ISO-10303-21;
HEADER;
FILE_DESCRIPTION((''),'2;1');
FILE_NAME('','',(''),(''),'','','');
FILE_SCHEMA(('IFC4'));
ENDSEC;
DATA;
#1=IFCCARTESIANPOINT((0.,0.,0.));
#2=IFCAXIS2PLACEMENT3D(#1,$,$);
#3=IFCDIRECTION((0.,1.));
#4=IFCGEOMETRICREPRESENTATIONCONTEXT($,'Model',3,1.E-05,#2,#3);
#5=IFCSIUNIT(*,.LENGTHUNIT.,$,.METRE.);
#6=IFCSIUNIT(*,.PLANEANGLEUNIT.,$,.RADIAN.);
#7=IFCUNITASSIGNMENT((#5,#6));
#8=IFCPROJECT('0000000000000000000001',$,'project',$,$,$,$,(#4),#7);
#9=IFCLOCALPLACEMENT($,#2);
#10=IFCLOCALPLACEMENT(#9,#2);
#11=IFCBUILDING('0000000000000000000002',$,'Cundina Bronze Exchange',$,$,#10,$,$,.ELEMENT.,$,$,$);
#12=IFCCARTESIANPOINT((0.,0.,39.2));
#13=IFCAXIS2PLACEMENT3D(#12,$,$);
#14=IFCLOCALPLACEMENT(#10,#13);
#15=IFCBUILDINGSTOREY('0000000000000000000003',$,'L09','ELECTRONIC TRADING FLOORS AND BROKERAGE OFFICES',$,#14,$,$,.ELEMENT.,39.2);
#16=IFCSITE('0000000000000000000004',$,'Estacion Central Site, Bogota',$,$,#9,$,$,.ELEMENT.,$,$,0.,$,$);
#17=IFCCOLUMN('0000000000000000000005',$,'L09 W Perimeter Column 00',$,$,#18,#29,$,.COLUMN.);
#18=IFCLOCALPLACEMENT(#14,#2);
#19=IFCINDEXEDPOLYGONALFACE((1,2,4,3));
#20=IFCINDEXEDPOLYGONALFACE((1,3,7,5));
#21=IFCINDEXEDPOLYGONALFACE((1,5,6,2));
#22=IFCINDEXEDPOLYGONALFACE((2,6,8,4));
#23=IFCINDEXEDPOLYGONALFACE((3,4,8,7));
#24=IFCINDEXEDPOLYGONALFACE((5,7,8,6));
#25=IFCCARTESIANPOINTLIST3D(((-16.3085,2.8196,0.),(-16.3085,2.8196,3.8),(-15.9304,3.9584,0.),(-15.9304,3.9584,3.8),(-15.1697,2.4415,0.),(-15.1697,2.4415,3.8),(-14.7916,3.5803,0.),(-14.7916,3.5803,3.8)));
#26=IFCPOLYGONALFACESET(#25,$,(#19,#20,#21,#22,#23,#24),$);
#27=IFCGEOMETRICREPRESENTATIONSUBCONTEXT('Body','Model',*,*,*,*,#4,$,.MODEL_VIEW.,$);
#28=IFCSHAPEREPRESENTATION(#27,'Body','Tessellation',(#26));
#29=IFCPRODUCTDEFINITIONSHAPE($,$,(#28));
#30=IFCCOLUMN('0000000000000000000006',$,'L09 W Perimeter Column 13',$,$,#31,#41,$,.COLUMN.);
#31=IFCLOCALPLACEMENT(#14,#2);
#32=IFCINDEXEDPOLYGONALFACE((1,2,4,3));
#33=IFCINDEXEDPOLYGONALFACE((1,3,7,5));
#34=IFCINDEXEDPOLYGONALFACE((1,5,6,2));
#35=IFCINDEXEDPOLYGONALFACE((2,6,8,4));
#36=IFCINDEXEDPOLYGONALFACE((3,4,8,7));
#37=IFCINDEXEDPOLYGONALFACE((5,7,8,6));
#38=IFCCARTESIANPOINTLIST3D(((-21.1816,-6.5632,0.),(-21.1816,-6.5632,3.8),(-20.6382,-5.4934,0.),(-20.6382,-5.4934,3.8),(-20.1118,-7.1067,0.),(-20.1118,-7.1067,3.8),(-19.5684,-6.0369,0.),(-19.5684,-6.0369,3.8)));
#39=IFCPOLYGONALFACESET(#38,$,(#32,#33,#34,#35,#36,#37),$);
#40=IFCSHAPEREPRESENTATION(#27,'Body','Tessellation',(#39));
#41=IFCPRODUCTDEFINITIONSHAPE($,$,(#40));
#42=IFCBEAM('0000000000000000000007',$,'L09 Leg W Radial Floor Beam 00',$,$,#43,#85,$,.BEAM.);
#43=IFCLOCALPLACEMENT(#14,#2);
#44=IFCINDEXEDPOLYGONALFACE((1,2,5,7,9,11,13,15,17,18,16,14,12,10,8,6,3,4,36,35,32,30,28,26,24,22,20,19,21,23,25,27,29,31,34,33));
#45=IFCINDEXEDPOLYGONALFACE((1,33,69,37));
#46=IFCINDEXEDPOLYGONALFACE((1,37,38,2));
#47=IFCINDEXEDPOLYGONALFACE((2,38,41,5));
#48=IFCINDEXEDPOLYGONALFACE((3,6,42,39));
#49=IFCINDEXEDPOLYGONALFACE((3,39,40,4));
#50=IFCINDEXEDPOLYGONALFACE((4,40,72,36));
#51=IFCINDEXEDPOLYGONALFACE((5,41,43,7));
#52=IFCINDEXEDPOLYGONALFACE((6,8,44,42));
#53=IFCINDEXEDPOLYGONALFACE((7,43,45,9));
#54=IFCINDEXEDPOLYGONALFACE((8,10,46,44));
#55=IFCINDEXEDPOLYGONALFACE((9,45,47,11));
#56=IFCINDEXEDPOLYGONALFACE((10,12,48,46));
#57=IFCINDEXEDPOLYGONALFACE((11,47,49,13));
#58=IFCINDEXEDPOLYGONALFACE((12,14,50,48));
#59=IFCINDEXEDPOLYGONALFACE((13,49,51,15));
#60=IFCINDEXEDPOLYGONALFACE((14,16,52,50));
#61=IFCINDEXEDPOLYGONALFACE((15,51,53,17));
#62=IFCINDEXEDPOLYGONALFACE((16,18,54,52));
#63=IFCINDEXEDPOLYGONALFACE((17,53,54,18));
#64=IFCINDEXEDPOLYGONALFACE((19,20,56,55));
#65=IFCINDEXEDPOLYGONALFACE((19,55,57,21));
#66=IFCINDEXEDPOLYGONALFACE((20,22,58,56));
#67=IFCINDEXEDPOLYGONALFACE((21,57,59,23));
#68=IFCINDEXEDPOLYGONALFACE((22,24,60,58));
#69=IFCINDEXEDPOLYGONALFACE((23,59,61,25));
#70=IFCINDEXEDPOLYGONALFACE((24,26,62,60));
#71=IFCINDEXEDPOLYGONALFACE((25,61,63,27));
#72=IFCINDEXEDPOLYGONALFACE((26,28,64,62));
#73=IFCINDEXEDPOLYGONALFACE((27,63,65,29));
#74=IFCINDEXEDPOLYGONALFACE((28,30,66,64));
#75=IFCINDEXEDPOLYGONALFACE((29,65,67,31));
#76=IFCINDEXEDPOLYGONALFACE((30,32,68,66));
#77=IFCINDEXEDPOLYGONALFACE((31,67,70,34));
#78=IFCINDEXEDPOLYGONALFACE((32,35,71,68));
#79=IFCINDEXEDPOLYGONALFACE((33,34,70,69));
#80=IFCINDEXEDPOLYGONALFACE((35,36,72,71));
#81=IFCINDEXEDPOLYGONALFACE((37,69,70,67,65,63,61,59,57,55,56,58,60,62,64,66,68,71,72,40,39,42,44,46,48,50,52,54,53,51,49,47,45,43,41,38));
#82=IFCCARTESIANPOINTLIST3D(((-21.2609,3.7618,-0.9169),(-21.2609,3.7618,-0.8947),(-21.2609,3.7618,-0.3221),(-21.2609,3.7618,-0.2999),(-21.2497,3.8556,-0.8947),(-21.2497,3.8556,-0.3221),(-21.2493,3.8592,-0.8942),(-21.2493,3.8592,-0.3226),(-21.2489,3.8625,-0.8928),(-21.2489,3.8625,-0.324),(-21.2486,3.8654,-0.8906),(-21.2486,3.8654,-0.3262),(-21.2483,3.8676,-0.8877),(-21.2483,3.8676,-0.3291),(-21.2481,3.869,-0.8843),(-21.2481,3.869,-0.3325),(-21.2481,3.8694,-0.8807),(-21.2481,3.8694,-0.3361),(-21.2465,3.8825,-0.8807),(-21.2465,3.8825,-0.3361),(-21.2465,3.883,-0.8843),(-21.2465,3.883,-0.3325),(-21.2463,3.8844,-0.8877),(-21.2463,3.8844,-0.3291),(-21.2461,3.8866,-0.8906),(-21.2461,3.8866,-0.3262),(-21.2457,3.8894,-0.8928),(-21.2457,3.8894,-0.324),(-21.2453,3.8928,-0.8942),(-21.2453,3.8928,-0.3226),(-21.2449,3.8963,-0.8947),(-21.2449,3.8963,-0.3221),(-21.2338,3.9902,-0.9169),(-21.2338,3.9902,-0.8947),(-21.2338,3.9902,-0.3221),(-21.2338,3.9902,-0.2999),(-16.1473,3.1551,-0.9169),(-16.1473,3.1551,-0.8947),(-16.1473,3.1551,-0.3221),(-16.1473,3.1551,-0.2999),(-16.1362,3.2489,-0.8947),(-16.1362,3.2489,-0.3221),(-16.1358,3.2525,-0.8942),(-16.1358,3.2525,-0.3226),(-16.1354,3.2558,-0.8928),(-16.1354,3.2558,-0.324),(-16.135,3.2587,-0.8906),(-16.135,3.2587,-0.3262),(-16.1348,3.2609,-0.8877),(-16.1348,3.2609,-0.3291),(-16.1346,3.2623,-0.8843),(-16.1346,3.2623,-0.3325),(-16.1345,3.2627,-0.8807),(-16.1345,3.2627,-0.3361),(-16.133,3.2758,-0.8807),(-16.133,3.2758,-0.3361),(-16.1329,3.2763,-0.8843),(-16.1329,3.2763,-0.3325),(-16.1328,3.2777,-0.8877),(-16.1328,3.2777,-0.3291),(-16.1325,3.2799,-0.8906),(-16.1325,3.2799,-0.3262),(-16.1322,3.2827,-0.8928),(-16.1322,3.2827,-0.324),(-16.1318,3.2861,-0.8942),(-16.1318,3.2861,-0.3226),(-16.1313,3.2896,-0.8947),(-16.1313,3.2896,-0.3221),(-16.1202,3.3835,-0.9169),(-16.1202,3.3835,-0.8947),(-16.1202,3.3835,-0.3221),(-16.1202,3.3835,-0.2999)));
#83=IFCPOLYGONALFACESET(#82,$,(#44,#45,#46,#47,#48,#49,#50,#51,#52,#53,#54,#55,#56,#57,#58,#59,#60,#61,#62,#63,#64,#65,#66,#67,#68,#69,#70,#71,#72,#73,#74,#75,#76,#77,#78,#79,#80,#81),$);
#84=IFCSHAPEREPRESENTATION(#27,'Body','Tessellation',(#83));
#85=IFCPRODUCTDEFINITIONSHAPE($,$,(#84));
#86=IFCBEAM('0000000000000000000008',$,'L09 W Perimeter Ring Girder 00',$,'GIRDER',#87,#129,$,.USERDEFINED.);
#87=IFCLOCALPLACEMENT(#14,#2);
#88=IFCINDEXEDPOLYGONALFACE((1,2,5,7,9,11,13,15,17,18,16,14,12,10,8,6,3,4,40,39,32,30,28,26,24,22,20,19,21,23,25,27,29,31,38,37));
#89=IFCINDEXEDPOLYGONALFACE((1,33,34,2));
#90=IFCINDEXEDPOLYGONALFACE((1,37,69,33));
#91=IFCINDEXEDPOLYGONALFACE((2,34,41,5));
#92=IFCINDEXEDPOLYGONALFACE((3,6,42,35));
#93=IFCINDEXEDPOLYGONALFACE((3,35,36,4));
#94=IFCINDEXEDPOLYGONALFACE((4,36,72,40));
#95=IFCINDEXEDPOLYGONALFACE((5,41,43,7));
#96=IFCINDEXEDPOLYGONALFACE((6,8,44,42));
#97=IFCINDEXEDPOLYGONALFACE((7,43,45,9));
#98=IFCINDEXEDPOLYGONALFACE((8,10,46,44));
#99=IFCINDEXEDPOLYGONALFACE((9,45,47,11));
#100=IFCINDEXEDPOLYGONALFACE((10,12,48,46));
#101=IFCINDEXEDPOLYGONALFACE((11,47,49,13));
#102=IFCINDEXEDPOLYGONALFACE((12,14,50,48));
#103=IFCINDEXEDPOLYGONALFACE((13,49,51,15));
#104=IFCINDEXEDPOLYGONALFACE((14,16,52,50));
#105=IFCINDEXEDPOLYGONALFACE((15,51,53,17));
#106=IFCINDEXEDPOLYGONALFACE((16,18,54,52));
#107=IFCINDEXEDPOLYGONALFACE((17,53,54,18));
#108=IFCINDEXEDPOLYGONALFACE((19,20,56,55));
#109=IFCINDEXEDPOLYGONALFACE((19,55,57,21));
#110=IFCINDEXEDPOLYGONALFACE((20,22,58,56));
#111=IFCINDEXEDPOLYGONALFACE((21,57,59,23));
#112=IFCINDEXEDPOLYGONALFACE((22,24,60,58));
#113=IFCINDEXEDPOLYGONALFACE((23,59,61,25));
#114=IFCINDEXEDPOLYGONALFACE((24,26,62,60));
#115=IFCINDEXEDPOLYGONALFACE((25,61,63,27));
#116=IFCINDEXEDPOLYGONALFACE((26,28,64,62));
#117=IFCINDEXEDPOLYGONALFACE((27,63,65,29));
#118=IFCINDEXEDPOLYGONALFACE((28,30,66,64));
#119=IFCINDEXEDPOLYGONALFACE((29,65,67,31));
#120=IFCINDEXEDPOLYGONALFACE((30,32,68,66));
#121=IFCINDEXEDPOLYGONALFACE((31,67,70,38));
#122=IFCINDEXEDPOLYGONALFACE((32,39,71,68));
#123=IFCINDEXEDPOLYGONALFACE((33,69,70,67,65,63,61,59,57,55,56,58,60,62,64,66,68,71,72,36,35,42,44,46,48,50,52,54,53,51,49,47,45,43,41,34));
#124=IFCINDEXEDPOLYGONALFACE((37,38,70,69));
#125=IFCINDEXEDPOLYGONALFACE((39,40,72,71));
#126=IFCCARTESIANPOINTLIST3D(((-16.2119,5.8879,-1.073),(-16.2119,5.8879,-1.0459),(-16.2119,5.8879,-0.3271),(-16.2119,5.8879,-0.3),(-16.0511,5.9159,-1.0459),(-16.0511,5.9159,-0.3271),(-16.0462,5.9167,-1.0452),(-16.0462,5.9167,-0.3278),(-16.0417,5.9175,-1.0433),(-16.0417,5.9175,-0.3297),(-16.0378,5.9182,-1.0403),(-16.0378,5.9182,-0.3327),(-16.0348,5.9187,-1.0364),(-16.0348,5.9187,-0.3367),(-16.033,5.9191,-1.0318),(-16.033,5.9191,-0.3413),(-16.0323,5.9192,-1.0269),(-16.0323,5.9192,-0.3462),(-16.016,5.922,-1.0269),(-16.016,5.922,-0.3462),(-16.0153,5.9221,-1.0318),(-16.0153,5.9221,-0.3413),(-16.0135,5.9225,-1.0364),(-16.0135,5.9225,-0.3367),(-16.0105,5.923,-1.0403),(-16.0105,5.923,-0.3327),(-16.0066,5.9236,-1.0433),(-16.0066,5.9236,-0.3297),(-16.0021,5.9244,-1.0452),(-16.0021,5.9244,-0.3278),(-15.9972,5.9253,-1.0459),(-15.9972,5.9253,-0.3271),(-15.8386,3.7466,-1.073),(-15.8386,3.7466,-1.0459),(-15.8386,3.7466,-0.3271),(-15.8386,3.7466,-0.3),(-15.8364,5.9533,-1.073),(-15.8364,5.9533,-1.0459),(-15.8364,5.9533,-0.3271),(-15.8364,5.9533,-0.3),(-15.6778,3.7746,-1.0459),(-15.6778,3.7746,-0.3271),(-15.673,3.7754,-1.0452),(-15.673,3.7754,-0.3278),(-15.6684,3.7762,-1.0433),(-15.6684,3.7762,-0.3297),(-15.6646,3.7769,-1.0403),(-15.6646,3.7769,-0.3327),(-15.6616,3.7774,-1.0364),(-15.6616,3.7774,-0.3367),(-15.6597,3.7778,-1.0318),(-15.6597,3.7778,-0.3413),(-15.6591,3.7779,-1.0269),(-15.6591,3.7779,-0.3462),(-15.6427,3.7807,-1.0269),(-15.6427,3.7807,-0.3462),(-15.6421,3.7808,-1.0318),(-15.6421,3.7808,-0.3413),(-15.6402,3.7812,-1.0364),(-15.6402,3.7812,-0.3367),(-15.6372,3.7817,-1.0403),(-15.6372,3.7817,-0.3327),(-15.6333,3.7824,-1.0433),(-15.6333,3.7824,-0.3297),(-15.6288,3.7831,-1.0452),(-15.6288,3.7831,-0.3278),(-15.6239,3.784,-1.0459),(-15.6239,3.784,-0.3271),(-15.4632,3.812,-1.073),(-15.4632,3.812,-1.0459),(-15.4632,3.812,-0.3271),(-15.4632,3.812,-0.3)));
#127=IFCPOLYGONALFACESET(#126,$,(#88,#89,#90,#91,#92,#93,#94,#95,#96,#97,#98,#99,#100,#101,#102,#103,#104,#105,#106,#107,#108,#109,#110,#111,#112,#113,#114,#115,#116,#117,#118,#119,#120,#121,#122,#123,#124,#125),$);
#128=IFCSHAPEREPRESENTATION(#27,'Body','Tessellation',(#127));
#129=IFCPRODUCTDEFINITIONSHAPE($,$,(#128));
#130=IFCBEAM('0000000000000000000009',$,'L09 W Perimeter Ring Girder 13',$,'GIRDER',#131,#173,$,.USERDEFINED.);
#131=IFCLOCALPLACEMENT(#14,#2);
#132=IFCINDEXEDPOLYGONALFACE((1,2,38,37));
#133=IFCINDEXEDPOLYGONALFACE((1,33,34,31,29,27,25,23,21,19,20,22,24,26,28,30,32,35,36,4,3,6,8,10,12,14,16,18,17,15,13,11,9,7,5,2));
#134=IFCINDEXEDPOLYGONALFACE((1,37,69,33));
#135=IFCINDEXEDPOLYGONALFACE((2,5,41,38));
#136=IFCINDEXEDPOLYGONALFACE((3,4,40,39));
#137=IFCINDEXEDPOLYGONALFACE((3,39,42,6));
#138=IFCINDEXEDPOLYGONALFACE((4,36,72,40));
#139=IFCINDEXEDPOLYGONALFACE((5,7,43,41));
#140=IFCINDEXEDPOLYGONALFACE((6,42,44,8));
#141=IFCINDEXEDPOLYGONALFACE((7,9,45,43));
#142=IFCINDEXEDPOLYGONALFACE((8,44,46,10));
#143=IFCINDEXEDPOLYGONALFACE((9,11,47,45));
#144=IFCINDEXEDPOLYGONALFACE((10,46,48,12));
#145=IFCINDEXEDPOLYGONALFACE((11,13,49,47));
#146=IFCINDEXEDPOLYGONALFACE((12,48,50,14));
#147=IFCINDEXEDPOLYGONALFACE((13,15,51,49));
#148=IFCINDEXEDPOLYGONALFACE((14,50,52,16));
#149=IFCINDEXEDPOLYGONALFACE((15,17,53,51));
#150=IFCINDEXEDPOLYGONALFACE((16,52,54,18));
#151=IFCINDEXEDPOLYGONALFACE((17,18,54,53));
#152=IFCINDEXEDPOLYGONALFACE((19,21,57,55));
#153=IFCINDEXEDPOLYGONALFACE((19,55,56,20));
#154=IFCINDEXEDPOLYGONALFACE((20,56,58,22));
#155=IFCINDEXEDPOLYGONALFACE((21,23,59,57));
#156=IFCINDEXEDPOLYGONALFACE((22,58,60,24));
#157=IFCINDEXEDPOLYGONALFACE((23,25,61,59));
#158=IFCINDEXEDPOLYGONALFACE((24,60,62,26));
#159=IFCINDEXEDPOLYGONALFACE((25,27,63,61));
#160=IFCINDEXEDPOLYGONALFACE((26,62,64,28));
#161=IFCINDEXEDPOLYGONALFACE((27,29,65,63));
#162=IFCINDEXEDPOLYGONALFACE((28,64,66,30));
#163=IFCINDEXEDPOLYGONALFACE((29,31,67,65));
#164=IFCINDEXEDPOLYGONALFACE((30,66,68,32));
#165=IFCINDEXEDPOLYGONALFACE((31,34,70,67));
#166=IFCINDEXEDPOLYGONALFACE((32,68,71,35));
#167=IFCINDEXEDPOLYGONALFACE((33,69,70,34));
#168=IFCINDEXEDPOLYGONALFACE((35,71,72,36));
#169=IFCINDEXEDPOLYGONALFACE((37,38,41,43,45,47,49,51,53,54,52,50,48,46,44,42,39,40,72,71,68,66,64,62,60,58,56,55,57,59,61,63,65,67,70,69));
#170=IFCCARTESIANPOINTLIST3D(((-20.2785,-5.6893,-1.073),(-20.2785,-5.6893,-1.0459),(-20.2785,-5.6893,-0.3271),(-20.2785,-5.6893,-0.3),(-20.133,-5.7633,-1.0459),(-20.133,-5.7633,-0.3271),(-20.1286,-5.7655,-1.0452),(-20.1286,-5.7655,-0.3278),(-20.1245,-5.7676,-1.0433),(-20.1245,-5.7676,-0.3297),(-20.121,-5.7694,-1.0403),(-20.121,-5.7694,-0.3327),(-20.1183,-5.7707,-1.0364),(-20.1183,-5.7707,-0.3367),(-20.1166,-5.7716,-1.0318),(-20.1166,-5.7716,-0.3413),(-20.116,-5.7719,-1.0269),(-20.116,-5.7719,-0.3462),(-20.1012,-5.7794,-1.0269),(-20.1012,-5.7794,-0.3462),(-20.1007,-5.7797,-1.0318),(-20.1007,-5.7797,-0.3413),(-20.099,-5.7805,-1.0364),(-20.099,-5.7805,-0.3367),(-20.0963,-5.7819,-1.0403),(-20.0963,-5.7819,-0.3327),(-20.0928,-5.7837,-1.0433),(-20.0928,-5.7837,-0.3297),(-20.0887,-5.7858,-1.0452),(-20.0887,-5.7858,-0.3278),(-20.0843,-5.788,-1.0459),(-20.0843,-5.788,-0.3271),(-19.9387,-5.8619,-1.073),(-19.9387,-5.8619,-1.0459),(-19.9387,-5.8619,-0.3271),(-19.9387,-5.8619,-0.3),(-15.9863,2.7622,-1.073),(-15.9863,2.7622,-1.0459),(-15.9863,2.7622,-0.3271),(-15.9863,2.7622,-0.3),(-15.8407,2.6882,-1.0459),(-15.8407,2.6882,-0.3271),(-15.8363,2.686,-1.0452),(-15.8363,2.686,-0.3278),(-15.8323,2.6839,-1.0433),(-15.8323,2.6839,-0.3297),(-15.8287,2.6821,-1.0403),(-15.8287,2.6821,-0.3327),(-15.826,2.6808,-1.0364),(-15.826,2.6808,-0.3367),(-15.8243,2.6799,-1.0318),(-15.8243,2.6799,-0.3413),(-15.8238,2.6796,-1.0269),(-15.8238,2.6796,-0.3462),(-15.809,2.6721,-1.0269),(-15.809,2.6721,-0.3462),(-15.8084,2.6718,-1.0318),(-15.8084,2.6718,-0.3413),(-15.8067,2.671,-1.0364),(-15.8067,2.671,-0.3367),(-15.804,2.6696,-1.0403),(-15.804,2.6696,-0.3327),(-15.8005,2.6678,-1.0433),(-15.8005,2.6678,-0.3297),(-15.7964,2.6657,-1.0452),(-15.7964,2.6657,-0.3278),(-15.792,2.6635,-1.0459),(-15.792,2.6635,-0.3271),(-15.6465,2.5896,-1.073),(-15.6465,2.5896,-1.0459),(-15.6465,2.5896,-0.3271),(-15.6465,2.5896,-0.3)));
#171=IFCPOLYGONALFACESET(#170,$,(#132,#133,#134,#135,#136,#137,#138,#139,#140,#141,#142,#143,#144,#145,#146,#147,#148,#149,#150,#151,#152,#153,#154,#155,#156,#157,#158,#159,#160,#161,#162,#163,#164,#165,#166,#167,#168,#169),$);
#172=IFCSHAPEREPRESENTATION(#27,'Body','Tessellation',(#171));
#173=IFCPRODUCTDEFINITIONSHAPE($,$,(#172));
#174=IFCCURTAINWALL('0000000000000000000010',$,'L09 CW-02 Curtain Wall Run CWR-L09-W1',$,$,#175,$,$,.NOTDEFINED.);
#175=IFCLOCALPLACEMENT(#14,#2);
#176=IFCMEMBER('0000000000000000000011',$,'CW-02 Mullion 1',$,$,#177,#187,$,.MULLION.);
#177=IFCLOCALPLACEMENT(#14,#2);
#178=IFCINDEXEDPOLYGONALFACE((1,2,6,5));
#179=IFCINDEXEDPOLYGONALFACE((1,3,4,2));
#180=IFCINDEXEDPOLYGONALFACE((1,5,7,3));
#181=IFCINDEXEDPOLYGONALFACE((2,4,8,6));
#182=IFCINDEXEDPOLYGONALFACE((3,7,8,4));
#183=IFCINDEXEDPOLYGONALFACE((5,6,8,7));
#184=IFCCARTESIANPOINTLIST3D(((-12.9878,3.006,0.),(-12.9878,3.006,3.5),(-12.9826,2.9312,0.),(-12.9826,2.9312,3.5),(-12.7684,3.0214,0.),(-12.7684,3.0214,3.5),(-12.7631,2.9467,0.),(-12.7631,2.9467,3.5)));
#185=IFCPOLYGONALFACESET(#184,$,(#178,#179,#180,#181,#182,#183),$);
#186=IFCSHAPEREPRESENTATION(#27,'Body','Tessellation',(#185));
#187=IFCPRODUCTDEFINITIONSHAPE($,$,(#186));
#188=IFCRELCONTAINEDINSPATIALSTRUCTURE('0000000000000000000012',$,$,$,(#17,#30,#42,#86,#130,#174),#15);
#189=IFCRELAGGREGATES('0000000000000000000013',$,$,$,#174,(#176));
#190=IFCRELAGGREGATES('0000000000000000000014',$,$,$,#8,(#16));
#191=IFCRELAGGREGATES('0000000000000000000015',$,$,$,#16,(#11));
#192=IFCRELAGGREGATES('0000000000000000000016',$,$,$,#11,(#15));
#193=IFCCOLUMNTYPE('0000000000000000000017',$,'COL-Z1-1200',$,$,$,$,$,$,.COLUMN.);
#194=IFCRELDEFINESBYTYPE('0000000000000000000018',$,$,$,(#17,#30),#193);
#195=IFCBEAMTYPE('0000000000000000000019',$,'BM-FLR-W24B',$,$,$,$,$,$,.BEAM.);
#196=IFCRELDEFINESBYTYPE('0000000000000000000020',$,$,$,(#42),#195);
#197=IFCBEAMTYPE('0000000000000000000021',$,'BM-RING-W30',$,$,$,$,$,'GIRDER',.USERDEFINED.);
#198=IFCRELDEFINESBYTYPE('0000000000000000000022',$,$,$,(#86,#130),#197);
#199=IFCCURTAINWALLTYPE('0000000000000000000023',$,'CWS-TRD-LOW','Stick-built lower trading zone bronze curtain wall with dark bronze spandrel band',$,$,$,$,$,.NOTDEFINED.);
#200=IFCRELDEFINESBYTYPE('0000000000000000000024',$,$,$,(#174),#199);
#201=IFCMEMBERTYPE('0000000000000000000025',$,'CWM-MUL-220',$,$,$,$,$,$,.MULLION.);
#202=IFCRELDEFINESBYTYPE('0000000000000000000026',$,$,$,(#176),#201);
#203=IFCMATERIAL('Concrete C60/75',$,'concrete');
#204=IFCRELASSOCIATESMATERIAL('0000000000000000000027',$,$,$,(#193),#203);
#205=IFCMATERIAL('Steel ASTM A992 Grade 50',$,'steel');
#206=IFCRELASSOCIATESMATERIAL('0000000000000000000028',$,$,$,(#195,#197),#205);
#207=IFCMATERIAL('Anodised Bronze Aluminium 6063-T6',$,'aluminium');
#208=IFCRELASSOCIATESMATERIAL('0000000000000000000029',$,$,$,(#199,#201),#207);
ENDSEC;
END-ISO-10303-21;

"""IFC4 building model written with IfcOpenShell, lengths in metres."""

from ifc_helpers import new_model, si_unit, direction, frame, origin, origin_2d, place, context, subcontext, project, spatial, rectangle, i_section, extrude, material, material_profile, profile_set, type_object, element, aggregate, save


model = new_model("IFC4")

# Units and contexts
model_context = context("Model", 3, precision=1e-05, world=origin(), true_north=direction((0.0, 1.0)))
body_context = subcontext(model_context, "Body", "Model", "MODEL_VIEW")
ifc_project = project(units=[si_unit("LENGTHUNIT", "METRE"), si_unit("PLANEANGLEUNIT", "RADIAN")], contexts=[model_context])

# Site, building, storey
site_placement = place(None, origin())
site = spatial("IfcSite", under=ifc_project, at=site_placement, Name="Estacion Central Site, Bogota", CompositionType="ELEMENT", RefElevation=0.0)
building_placement = place(site_placement, origin())
building = spatial("IfcBuilding", under=site, at=building_placement, Name="Cundina Bronze Exchange", CompositionType="ELEMENT")
storey_placement = place(building_placement, frame((0.0, 0.0, 39.2)))
storey = spatial("IfcBuildingStorey", under=building, at=storey_placement, Name="L09", Description="ELECTRONIC TRADING FLOORS AND BROKERAGE OFFICES", CompositionType="ELEMENT", Elevation=39.2)

# Columns
ifc_material_1 = material(Name="Concrete C60/75", Category="concrete")
ifc_material_profile_1 = material_profile(ifc_material_1, rectangle(XDim=1.2, YDim=1.2, at=origin_2d()), Name="RC1200X1200", Category="concrete")
ifc_profile_set_1 = profile_set([ifc_material_profile_1], Name="Concrete C60/75")
column_type = type_object("IfcColumnType", Name="COL-Z1-1200", PredefinedType="COLUMN", material=ifc_profile_set_1)
for number, where, z_axis, x_axis, name in (
    (1, (-15.55, 3.2, 0.0), (0.0, 0.0, 1.0), (0.315152, 0.949041, 0.0), "L09 W Perimeter Column 00"),
    (2, (-20.375, -6.3, 0.0), (0.0, 0.0, 1.0), (0.452902, 0.891561, 0.0), "L09 W Perimeter Column 13"),
):
    element("IfcColumn", number, at=place(storey_placement, frame(where, z_axis=z_axis, x_axis=x_axis)), inside=storey, type_object=column_type, Name=name, PredefinedType="COLUMN", context=body_context, shape_type="SweptSolid", body=[
        extrude(rectangle(XDim=1.2, YDim=1.2, at=origin_2d()), origin(), (0.0, 0.0, 1.0), 3.8),
    ])

# Beams
ifc_material_2 = material(Name="Steel ASTM A992 Grade 50", Category="steel")
ifc_material_profile_2 = material_profile(ifc_material_2, i_section(OverallWidth=0.23, OverallDepth=0.6169, WebThickness=0.0132, FlangeThickness=0.0222, FilletRadius=0.0139, at=origin_2d()), Name="W24X94", Category="steel")
ifc_profile_set_2 = profile_set([ifc_material_profile_2], Name="Steel ASTM A992 Grade 50")
beam_type_1 = type_object("IfcBeamType", Name="BM-FLR-W24B", PredefinedType="BEAM", material=ifc_profile_set_2)
beam_1_placement = place(storey_placement, frame((-21.2473, 3.876, -0.6084), z_axis=(0.993035, -0.117818, 0.0), x_axis=(0.117818, 0.993035, 0.0)))
element("IfcBeam", 3, at=beam_1_placement, inside=storey, type_object=beam_type_1, Name="L09 Leg W Radial Floor Beam 00", PredefinedType="BEAM", context=body_context, shape_type="SweptSolid", body=[
    extrude(i_section(OverallWidth=0.23, OverallDepth=0.6169, WebThickness=0.0132, FlangeThickness=0.0222, FilletRadius=0.0139, at=origin_2d()), origin(), (0.0, 0.0, 1.0), 5.1494),
])
ifc_material_profile_3 = material_profile(ifc_material_2, i_section(OverallWidth=0.3811, OverallDepth=0.7729, WebThickness=0.0166, FlangeThickness=0.0271, FilletRadius=0.019, at=origin_2d()), Name="W30X173", Category="steel")
ifc_profile_set_3 = profile_set([ifc_material_profile_3], Name="Steel ASTM A992 Grade 50")
beam_type_2 = type_object("IfcBeamType", Name="BM-RING-W30", ElementType="GIRDER", PredefinedType="USERDEFINED", material=ifc_profile_set_3)
beam_2_placement = place(storey_placement, frame((-15.6509, 3.7793, -0.6865), z_axis=(-0.171735, 0.985143, 0.0), x_axis=(-0.985143, -0.171735, 0.0)))
element("IfcBeam", 4, at=beam_2_placement, inside=storey, type_object=beam_type_2, Name="L09 W Perimeter Ring Girder 00", ObjectType="GIRDER", PredefinedType="USERDEFINED", context=body_context, shape_type="SweptSolid", body=[
    extrude(i_section(OverallWidth=0.3811, OverallDepth=0.7729, WebThickness=0.0166, FlangeThickness=0.0271, FilletRadius=0.019, at=origin_2d()), origin(), (0.0, 0.0, 1.0), 2.1736),
])
beam_3_placement = place(storey_placement, frame((-20.1086, -5.7756, -0.6865), z_axis=(0.45282, 0.891602, 0.0), x_axis=(-0.891602, 0.45282, 0.0)))
element("IfcBeam", 5, at=beam_3_placement, inside=storey, type_object=beam_type_2, Name="L09 W Perimeter Ring Girder 13", ObjectType="GIRDER", PredefinedType="USERDEFINED", context=body_context, shape_type="SweptSolid", body=[
    extrude(i_section(OverallWidth=0.3811, OverallDepth=0.7729, WebThickness=0.0166, FlangeThickness=0.0271, FilletRadius=0.019, at=origin_2d()), origin(), (0.0, 0.0, 1.0), 9.479),
])

# Curtain wall, member
ifc_material_3 = material(Name="Anodised Bronze Aluminium 6063-T6", Category="aluminium")
curtain_wall_type = type_object("IfcCurtainWallType", Name="CWS-TRD-LOW", Description="Stick-built lower trading zone bronze curtain wall with dark bronze spandrel band", PredefinedType="NOTDEFINED", material=ifc_material_3)
curtain_wall_1_placement = place(storey_placement, origin())
curtain_wall_1 = element("IfcCurtainWall", 6, at=curtain_wall_1_placement, inside=storey, type_object=curtain_wall_type, Name="L09 CW-02 Curtain Wall Run CWR-L09-W1", PredefinedType="NOTDEFINED")
ifc_material_profile_4 = material_profile(ifc_material_3, rectangle(XDim=0.075, YDim=0.22, at=origin_2d()), Name="AL75X220", Category="aluminium")
ifc_profile_set_4 = profile_set([ifc_material_profile_4], Name="Anodised Bronze Aluminium 6063-T6")
member_type_1 = type_object("IfcMemberType", Name="CWM-MUL-220", PredefinedType="MULLION", material=ifc_profile_set_4)
member_1_placement = place(storey_placement, frame((-12.8755, 2.9763, 0.0), z_axis=(0.0, 0.0, 1.0), x_axis=(-0.070279, 0.997527, 0.0)))
member_1 = element("IfcMember", 7, at=member_1_placement, type_object=member_type_1, Name="CW-02 Mullion 1", PredefinedType="MULLION", context=body_context, shape_type="SweptSolid", body=[
    extrude(rectangle(XDim=0.075, YDim=0.22, at=origin_2d()), origin(), (0.0, 0.0, 1.0), 3.5),
])

aggregate(curtain_wall_1, [member_1])

save(model, "model.ifc")
